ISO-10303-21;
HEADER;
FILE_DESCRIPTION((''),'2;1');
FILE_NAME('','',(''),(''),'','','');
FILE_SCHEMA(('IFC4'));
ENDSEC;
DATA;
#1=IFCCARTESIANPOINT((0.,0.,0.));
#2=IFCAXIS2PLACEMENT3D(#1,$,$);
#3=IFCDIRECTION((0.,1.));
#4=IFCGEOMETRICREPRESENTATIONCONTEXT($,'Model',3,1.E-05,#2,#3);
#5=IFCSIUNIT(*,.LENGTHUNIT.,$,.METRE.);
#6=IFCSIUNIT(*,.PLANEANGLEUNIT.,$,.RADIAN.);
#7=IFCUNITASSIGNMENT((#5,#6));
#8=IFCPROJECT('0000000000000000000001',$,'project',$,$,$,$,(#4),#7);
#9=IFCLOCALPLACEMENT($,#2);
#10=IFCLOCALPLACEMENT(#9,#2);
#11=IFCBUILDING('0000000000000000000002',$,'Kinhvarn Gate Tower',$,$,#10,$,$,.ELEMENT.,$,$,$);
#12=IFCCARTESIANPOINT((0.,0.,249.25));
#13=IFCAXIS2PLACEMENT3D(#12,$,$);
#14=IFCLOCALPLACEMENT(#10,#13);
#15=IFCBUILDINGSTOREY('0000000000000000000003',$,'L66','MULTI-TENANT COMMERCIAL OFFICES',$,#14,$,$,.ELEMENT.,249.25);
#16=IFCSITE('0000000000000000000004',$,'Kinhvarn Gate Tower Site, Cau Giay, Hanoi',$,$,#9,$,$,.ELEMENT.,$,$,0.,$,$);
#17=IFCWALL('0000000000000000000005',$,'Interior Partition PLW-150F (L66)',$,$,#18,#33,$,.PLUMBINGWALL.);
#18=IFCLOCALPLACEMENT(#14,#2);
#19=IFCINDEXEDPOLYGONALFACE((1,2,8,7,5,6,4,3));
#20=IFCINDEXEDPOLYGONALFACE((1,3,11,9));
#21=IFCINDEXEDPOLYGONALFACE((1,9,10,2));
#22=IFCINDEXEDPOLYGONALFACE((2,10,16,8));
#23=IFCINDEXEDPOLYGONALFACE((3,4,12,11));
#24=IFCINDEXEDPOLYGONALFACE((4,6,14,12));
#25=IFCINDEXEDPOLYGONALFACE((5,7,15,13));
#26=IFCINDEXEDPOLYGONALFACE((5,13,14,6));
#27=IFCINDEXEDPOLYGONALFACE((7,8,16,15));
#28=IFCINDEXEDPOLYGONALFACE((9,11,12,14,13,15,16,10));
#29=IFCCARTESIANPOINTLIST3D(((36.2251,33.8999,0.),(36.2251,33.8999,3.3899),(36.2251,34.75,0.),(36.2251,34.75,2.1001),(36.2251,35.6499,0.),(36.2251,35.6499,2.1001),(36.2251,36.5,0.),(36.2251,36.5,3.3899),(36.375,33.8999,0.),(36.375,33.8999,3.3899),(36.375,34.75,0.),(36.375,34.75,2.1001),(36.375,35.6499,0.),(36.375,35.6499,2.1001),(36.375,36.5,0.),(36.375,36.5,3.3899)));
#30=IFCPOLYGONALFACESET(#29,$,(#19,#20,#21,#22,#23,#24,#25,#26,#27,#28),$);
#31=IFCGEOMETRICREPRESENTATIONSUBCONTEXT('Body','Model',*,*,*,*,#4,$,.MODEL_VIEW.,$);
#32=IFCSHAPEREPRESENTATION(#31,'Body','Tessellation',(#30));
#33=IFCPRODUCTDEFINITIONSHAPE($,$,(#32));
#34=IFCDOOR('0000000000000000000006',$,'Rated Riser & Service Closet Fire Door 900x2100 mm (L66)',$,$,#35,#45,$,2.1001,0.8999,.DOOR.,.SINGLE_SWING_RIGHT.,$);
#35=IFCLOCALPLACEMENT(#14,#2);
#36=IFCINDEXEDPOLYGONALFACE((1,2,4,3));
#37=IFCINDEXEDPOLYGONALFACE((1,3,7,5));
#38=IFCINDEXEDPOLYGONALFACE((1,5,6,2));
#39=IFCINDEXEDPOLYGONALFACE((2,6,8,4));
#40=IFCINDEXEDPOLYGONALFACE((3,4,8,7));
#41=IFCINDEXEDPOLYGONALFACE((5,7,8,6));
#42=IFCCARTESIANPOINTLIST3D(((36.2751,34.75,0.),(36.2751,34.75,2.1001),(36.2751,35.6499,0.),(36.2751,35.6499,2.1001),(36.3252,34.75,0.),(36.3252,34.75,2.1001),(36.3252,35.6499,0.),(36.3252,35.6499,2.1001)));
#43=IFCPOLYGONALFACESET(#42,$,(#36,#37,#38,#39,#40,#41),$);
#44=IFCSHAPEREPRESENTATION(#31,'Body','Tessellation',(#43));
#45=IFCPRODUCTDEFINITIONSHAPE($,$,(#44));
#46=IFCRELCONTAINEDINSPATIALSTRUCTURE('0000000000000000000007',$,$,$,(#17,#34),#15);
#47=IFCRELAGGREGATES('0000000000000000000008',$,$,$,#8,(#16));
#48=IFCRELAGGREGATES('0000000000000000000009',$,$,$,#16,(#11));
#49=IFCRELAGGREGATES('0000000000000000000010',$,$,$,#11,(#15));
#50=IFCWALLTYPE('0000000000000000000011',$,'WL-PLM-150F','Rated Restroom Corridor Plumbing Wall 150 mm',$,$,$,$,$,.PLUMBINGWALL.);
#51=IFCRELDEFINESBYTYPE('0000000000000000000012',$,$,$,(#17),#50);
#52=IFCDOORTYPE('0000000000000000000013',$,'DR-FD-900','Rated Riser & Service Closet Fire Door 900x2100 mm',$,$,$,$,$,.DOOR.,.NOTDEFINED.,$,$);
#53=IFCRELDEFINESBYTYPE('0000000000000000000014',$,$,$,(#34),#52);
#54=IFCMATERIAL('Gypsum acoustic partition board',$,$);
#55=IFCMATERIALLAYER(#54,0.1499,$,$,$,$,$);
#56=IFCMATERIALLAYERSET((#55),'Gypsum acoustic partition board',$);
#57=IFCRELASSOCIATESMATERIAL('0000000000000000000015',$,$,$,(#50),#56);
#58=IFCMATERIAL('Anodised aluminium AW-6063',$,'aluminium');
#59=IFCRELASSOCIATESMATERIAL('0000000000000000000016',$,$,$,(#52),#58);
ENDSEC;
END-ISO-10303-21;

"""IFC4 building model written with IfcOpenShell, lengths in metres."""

from ifc_helpers import new_model, si_unit, direction, frame, frame_2d, origin, place, context, subcontext, project, spatial, rectangle, extrude, material, layer, layer_set, type_object, element, fill, save


model = new_model("IFC4")

# Units and contexts
model_context = context("Model", 3, precision=1e-05, world=origin(), true_north=direction((0.0, 1.0)))
body_context = subcontext(model_context, "Body", "Model", "MODEL_VIEW")
ifc_project = project(units=[si_unit("LENGTHUNIT", "METRE"), si_unit("PLANEANGLEUNIT", "RADIAN")], contexts=[model_context])

# Site, building, storey
site_placement = place(None, origin())
site = spatial("IfcSite", under=ifc_project, at=site_placement, Name="Kinhvarn Gate Tower Site, Cau Giay, Hanoi", CompositionType="ELEMENT", RefElevation=0.0)
building_placement = place(site_placement, origin())
building = spatial("IfcBuilding", under=site, at=building_placement, Name="Kinhvarn Gate Tower", CompositionType="ELEMENT")
storey_placement = place(building_placement, frame((0.0, 0.0, 249.25)))
storey = spatial("IfcBuildingStorey", under=building, at=storey_placement, Name="L66", Description="MULTI-TENANT COMMERCIAL OFFICES", CompositionType="ELEMENT", Elevation=249.25)

# Shared definitions
ifc_material_1 = material(Name="Anodised aluminium AW-6063", Category="aluminium")

# Shared definitions
ifc_material_2 = material(Name="Gypsum acoustic partition board")

# Wall, opening, door
ifc_layer_1 = layer(ifc_material_2, 0.1499)
ifc_layer_set_1 = layer_set([ifc_layer_1], Name="Gypsum acoustic partition board")
wall_type_1 = type_object("IfcWallType", Name="WL-PLM-150F", Description="Rated Restroom Corridor Plumbing Wall 150 mm", PredefinedType="PLUMBINGWALL", material=ifc_layer_set_1)
wall_1_placement = place(storey_placement, frame((36.3, 33.8999, 0.0), z_axis=(0.0, 0.0, 1.0), x_axis=(0.0, 1.0, 0.0)))
wall_1 = element("IfcWall", 1, at=wall_1_placement, inside=storey, type_object=wall_type_1, Name="Interior Partition PLW-150F (L66)", PredefinedType="PLUMBINGWALL", context=body_context, shape_type="SweptSolid", body=[
    extrude(rectangle(XDim=2.6001, YDim=0.1499, at=frame_2d((1.3, 0.0))), origin(), (0.0, 0.0, 1.0), 3.3899),
])
opening_placement = place(wall_1_placement, frame((0.8501, 0.0, 0.0)))
opening = element("IfcOpeningElement", 2, at=opening_placement, cuts=wall_1, PredefinedType="OPENING", context=body_context, shape_type="SweptSolid", body=[
    extrude(rectangle(XDim=0.8999, YDim=2.1001, at=frame_2d((0.45, 1.05))), frame((0.0, 0.085, 0.0), z_axis=(0.0, -1.0, 0.0), x_axis=(1.0, 0.0, 0.0)), (0.0, 0.0, 1.0), 0.1699),
])
door_type = type_object("IfcDoorType", Name="DR-FD-900", Description="Rated Riser & Service Closet Fire Door 900x2100 mm", OperationType="NOTDEFINED", PredefinedType="DOOR", material=ifc_material_1)
door_placement = place(opening_placement, origin())
door = element("IfcDoor", 3, at=door_placement, inside=storey, type_object=door_type, Name="Rated Riser & Service Closet Fire Door 900x2100 mm (L66)", OperationType="SINGLE_SWING_RIGHT", OverallHeight=2.1001, OverallWidth=0.8999, PredefinedType="DOOR", context=body_context, shape_type="SweptSolid", body=[
    extrude(rectangle(XDim=0.8999, YDim=2.1001, at=frame_2d((0.45, 1.05))), frame((0.0, 0.0249, 0.0), z_axis=(0.0, -1.0, 0.0), x_axis=(1.0, 0.0, 0.0)), (0.0, 0.0, 1.0), 0.05),
])
fill(opening, door)

save(model, "model.ifc")
